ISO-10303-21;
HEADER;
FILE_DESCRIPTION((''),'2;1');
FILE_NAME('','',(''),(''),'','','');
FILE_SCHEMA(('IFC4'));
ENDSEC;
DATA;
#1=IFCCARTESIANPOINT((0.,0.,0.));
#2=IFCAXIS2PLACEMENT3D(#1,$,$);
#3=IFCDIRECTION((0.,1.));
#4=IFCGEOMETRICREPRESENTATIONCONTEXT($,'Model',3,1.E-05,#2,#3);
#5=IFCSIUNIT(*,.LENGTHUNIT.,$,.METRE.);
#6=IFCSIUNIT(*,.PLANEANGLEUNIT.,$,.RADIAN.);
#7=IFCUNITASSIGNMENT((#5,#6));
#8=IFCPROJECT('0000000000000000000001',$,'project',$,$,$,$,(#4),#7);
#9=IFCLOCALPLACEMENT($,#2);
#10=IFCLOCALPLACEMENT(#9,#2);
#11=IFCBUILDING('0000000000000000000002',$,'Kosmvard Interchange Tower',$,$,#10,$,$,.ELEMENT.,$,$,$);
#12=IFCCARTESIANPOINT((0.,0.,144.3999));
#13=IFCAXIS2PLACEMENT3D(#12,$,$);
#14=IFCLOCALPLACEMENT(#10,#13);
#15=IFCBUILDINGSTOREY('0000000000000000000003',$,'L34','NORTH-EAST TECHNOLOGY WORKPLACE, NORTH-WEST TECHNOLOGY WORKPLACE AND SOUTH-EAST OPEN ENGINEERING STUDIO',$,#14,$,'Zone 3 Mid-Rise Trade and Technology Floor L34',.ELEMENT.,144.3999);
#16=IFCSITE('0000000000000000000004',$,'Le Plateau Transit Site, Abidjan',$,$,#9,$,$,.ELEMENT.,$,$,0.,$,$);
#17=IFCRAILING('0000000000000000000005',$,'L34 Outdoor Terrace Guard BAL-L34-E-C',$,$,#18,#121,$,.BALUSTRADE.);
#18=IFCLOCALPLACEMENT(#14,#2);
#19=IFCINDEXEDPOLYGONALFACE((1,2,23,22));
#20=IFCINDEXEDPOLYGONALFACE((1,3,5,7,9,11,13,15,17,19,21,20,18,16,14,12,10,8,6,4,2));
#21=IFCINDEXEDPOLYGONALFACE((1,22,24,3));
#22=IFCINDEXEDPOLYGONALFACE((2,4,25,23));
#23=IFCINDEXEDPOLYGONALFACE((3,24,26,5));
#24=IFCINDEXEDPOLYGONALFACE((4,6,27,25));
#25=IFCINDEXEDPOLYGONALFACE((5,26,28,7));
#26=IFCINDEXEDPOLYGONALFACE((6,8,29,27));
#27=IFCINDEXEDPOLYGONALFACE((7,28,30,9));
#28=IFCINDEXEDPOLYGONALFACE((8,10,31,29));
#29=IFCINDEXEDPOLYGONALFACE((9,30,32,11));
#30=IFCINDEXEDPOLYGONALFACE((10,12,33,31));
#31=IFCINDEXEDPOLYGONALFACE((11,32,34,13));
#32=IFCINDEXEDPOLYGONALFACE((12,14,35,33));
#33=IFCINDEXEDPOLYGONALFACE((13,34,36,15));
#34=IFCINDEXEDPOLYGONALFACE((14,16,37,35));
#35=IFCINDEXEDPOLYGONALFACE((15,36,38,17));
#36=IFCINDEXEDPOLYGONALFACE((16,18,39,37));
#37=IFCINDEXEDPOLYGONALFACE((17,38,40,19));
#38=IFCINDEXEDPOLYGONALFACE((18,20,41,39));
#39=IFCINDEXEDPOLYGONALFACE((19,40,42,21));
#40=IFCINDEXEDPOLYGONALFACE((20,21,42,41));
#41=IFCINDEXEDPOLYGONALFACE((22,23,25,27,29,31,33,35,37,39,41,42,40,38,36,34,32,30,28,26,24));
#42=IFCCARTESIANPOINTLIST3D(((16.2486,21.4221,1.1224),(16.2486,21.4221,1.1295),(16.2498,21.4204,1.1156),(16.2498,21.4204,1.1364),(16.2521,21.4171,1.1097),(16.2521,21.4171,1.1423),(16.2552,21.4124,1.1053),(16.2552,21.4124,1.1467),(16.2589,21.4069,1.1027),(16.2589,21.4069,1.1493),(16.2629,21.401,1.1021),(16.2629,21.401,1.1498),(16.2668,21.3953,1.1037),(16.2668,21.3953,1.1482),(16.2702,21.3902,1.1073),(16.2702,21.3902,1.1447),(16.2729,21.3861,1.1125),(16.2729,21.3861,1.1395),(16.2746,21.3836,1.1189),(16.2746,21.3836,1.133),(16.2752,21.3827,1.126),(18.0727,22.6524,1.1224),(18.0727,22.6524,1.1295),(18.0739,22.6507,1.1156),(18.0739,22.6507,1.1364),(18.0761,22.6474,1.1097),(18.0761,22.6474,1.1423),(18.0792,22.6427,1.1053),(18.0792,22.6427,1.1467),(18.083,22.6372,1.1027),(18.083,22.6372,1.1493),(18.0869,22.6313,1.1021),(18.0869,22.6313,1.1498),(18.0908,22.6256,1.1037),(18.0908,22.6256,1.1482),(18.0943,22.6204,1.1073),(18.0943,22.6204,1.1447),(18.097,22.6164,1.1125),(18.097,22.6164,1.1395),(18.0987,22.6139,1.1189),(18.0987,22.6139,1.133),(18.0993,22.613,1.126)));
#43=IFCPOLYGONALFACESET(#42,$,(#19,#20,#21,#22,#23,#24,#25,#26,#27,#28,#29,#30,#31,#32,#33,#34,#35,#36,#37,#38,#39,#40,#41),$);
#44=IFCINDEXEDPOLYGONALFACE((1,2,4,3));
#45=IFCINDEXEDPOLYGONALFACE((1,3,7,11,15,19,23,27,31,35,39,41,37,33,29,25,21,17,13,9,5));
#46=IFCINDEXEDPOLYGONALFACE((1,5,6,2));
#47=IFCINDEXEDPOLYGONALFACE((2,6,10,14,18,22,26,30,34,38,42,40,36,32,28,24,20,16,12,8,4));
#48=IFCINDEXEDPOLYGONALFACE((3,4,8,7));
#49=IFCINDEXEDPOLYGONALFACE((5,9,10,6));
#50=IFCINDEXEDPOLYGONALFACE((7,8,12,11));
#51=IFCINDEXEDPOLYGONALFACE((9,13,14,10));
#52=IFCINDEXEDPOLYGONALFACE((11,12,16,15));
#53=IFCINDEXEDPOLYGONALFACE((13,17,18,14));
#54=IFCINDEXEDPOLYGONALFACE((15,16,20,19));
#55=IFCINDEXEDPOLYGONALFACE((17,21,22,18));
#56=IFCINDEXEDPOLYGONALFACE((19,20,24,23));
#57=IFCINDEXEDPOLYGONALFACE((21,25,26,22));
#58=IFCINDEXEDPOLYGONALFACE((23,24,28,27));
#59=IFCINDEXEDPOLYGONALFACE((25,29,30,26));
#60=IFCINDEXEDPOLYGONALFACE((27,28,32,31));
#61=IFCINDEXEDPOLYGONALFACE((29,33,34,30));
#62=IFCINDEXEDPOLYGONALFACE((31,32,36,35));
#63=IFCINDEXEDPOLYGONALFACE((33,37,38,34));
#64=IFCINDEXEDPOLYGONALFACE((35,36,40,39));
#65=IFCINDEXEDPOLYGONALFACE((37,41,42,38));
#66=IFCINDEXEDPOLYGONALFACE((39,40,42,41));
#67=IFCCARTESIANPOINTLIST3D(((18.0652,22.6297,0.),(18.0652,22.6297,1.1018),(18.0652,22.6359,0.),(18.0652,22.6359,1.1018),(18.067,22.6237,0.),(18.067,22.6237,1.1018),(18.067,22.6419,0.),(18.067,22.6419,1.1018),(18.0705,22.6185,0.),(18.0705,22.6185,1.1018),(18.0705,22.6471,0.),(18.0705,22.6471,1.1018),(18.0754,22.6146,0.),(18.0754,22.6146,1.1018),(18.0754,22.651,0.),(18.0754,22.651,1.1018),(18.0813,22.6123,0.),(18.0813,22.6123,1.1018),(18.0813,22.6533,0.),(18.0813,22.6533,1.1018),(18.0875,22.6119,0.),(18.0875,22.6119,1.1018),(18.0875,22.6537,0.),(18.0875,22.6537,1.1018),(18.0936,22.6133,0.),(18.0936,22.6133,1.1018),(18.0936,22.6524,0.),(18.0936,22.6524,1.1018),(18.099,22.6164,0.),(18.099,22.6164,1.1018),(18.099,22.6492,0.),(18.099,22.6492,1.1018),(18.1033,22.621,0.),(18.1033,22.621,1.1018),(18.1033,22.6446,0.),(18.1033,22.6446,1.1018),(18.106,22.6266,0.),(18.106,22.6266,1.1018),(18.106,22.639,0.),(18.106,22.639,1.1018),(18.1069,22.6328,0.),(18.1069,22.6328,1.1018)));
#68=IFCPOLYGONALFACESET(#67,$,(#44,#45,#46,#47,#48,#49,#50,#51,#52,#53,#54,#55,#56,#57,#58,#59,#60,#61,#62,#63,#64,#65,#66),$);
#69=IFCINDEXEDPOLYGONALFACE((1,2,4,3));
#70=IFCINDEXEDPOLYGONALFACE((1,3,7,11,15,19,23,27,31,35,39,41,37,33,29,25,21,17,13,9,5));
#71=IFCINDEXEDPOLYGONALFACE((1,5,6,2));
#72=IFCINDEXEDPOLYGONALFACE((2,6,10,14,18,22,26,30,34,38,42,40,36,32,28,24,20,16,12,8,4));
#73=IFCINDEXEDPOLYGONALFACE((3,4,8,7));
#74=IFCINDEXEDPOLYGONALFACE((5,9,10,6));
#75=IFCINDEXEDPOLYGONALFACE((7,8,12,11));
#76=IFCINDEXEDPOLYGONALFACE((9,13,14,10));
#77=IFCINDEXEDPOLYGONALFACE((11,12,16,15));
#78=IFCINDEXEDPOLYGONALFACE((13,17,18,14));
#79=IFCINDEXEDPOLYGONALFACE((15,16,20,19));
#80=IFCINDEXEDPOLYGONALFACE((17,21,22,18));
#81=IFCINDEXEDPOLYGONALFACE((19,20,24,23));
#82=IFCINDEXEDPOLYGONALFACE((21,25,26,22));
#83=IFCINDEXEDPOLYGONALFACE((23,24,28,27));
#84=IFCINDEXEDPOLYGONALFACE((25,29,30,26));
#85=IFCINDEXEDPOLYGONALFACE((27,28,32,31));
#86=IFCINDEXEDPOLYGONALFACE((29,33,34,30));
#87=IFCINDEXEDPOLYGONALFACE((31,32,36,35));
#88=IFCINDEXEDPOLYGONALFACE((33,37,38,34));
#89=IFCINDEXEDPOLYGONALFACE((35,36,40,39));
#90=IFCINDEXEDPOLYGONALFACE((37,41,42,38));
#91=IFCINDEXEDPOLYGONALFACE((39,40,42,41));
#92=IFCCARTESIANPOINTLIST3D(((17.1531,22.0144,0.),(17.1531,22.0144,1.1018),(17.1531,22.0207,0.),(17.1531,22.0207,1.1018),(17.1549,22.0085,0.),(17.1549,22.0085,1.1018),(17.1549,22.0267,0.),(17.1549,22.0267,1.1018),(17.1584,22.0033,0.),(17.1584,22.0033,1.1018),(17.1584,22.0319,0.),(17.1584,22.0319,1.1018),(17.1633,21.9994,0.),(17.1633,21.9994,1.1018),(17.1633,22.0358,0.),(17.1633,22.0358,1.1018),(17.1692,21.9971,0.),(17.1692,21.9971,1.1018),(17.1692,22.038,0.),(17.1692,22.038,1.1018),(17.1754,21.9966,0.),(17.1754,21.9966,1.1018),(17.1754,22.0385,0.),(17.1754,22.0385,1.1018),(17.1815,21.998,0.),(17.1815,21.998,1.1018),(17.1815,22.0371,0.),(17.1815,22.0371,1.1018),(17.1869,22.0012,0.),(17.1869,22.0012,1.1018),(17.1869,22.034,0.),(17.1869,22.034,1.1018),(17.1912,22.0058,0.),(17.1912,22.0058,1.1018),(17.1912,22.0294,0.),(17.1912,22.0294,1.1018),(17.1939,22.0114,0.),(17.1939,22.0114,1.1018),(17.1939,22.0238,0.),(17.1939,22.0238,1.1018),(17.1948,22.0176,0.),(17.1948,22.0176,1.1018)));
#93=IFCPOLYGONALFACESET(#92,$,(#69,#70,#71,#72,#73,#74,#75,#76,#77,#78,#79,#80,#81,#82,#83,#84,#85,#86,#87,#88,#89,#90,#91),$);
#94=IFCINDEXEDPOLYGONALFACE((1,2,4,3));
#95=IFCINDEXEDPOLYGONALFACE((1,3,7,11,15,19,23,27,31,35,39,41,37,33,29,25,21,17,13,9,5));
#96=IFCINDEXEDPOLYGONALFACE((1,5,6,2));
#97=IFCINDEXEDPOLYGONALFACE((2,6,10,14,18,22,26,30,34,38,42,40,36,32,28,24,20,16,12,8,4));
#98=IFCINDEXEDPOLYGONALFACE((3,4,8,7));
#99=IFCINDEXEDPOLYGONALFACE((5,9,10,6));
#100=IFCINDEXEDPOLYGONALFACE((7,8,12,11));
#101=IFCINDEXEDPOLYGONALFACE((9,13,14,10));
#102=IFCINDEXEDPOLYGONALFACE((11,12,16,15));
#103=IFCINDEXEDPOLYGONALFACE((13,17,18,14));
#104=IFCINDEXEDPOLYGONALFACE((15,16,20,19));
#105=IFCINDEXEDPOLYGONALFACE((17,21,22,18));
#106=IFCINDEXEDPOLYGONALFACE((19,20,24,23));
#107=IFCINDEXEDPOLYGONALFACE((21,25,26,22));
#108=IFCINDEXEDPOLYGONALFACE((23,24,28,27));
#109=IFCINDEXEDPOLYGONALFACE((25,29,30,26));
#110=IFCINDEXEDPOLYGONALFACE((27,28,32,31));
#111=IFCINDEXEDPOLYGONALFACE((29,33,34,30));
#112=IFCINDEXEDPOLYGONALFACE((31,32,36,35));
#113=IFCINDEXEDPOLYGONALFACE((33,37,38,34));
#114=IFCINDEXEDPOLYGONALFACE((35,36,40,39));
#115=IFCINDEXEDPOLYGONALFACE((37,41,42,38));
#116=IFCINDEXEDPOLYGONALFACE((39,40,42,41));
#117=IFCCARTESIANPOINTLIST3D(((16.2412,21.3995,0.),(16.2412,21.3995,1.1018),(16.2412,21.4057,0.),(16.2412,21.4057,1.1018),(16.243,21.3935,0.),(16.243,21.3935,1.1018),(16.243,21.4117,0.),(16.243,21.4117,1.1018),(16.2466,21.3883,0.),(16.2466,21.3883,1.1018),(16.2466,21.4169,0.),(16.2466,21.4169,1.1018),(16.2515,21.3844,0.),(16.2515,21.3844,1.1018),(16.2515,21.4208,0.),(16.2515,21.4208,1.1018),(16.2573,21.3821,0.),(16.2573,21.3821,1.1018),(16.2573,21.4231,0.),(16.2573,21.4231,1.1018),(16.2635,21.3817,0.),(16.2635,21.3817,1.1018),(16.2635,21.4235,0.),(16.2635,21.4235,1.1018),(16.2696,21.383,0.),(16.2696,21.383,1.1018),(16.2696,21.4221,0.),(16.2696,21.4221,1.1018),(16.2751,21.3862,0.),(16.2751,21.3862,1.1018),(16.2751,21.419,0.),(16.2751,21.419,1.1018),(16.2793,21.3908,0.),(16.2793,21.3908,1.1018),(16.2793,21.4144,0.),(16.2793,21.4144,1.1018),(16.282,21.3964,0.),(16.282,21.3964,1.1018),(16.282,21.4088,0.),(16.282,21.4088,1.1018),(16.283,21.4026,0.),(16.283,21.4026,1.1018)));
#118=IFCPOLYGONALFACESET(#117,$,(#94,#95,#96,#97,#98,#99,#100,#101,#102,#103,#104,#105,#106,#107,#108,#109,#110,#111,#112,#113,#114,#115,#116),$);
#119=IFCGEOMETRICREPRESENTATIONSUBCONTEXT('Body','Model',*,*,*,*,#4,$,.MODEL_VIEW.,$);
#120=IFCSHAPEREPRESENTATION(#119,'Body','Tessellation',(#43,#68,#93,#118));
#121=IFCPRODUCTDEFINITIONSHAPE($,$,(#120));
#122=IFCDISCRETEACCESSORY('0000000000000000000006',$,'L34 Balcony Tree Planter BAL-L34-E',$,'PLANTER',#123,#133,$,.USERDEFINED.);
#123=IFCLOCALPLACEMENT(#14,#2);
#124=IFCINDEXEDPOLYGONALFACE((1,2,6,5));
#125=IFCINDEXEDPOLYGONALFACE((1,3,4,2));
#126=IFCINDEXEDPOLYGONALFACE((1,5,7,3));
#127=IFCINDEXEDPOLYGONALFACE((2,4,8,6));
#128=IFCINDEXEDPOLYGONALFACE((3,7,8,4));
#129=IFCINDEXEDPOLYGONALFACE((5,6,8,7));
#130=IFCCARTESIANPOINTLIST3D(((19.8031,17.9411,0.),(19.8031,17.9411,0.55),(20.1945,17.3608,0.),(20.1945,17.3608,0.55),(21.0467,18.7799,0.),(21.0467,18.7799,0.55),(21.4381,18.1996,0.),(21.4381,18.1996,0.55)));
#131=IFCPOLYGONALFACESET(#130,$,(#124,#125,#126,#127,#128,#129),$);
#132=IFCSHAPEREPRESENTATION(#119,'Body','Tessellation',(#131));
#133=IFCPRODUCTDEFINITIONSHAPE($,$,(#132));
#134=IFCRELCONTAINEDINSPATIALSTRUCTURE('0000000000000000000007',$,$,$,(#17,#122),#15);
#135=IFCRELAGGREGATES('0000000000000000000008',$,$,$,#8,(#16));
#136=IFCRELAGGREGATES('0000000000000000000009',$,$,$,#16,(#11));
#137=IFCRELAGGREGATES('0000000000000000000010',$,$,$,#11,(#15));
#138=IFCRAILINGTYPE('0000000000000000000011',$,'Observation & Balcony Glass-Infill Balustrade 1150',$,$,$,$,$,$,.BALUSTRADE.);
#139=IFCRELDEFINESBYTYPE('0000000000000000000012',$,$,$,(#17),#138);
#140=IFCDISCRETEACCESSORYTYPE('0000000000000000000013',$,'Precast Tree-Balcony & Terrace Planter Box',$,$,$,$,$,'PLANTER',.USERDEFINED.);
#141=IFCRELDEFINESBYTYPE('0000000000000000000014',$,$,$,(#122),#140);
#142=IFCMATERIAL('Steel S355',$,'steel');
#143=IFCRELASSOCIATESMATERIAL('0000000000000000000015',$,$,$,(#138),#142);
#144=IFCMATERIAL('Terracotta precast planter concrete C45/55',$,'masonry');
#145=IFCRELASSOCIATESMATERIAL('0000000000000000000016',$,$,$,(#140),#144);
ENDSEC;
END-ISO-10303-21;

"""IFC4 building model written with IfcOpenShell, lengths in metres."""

from ifc_helpers import new_model, si_unit, direction, frame, origin, origin_2d, place, context, subcontext, project, spatial, rectangle, circle, extrude, source, transform, mapped, material, type_object, element, save


model = new_model("IFC4")

# Units and contexts
model_context = context("Model", 3, precision=1e-05, world=origin(), true_north=direction((0.0, 1.0)))
body_context = subcontext(model_context, "Body", "Model", "MODEL_VIEW")
ifc_project = project(units=[si_unit("LENGTHUNIT", "METRE"), si_unit("PLANEANGLEUNIT", "RADIAN")], contexts=[model_context])

# Site, building, storey
site_placement = place(None, origin())
site = spatial("IfcSite", under=ifc_project, at=site_placement, Name="Le Plateau Transit Site, Abidjan", CompositionType="ELEMENT", RefElevation=0.0)
building_placement = place(site_placement, origin())
building = spatial("IfcBuilding", under=site, at=building_placement, Name="Kosmvard Interchange Tower", CompositionType="ELEMENT")
storey_placement = place(building_placement, frame((0.0, 0.0, 144.3999)))
storey = spatial("IfcBuildingStorey", under=building, at=storey_placement, Name="L34", Description="NORTH-EAST TECHNOLOGY WORKPLACE, NORTH-WEST TECHNOLOGY WORKPLACE AND SOUTH-EAST OPEN ENGINEERING STUDIO", LongName="Zone 3 Mid-Rise Trade and Technology Floor L34", CompositionType="ELEMENT", Elevation=144.3999)

# Shared definitions
ifc_material_1 = material(Name="Steel S355", Category="steel")

# Railing
railing_type = type_object("IfcRailingType", Name="Observation & Balcony Glass-Infill Balustrade 1150", PredefinedType="BALUSTRADE", material=ifc_material_1)
shared_shape_1 = source(origin(), body_context, "Body", "SweptSolid", [
    extrude(circle(Radius=0.0239, at=origin_2d()), frame((0.0, 0.0, 1.126), z_axis=(-0.829051, -0.559174, 0.0), x_axis=(0.559174, -0.829051, 0.0)), (0.0, 0.0, 1.0), 2.2002),
    extrude(circle(Radius=0.021, at=origin_2d()), origin(), (0.0, 0.0, 1.0), 1.1018),
    extrude(circle(Radius=0.021, at=origin_2d()), frame((-0.9121, -0.6152, 0.0)), (0.0, 0.0, 1.0), 1.1018),
    extrude(circle(Radius=0.021, at=origin_2d()), frame((-1.824, -1.2302, 0.0)), (0.0, 0.0, 1.0), 1.1018),
])
railing_1_placement = place(storey_placement, frame((18.0859, 22.6328, 0.0)))
element("IfcRailing", 1, at=railing_1_placement, inside=storey, type_object=railing_type, Name="L34 Outdoor Terrace Guard BAL-L34-E-C", PredefinedType="BALUSTRADE", context=body_context, shape_type="MappedRepresentation", body=[
    mapped(shared_shape_1, transform((0.0, 0.0, 0.0), scale=1.0)),
])

# Discrete accessory
ifc_material_2 = material(Name="Terracotta precast planter concrete C45/55", Category="masonry")
discrete_accessory_type = type_object("IfcDiscreteAccessoryType", Name="Precast Tree-Balcony & Terrace Planter Box", ElementType="PLANTER", PredefinedType="USERDEFINED", material=ifc_material_2)
shared_shape_2 = source(origin(), body_context, "Body", "SweptSolid", [
    extrude(rectangle(XDim=1.5, YDim=0.7, at=origin_2d()), origin(), (0.0, 0.0, 1.0), 0.55),
])
discrete_accessory_placement = place(storey_placement, frame((20.6206, 18.0703, 0.0), z_axis=(0.0, 0.0, 1.0), x_axis=(0.829038, 0.559193, 0.0)))
element("IfcDiscreteAccessory", 2, at=discrete_accessory_placement, inside=storey, type_object=discrete_accessory_type, Name="L34 Balcony Tree Planter BAL-L34-E", ObjectType="PLANTER", PredefinedType="USERDEFINED", context=body_context, shape_type="MappedRepresentation", body=[
    mapped(shared_shape_2, transform((0.0, 0.0, 0.0), scale=1.0)),
])

save(model, "model.ifc")
